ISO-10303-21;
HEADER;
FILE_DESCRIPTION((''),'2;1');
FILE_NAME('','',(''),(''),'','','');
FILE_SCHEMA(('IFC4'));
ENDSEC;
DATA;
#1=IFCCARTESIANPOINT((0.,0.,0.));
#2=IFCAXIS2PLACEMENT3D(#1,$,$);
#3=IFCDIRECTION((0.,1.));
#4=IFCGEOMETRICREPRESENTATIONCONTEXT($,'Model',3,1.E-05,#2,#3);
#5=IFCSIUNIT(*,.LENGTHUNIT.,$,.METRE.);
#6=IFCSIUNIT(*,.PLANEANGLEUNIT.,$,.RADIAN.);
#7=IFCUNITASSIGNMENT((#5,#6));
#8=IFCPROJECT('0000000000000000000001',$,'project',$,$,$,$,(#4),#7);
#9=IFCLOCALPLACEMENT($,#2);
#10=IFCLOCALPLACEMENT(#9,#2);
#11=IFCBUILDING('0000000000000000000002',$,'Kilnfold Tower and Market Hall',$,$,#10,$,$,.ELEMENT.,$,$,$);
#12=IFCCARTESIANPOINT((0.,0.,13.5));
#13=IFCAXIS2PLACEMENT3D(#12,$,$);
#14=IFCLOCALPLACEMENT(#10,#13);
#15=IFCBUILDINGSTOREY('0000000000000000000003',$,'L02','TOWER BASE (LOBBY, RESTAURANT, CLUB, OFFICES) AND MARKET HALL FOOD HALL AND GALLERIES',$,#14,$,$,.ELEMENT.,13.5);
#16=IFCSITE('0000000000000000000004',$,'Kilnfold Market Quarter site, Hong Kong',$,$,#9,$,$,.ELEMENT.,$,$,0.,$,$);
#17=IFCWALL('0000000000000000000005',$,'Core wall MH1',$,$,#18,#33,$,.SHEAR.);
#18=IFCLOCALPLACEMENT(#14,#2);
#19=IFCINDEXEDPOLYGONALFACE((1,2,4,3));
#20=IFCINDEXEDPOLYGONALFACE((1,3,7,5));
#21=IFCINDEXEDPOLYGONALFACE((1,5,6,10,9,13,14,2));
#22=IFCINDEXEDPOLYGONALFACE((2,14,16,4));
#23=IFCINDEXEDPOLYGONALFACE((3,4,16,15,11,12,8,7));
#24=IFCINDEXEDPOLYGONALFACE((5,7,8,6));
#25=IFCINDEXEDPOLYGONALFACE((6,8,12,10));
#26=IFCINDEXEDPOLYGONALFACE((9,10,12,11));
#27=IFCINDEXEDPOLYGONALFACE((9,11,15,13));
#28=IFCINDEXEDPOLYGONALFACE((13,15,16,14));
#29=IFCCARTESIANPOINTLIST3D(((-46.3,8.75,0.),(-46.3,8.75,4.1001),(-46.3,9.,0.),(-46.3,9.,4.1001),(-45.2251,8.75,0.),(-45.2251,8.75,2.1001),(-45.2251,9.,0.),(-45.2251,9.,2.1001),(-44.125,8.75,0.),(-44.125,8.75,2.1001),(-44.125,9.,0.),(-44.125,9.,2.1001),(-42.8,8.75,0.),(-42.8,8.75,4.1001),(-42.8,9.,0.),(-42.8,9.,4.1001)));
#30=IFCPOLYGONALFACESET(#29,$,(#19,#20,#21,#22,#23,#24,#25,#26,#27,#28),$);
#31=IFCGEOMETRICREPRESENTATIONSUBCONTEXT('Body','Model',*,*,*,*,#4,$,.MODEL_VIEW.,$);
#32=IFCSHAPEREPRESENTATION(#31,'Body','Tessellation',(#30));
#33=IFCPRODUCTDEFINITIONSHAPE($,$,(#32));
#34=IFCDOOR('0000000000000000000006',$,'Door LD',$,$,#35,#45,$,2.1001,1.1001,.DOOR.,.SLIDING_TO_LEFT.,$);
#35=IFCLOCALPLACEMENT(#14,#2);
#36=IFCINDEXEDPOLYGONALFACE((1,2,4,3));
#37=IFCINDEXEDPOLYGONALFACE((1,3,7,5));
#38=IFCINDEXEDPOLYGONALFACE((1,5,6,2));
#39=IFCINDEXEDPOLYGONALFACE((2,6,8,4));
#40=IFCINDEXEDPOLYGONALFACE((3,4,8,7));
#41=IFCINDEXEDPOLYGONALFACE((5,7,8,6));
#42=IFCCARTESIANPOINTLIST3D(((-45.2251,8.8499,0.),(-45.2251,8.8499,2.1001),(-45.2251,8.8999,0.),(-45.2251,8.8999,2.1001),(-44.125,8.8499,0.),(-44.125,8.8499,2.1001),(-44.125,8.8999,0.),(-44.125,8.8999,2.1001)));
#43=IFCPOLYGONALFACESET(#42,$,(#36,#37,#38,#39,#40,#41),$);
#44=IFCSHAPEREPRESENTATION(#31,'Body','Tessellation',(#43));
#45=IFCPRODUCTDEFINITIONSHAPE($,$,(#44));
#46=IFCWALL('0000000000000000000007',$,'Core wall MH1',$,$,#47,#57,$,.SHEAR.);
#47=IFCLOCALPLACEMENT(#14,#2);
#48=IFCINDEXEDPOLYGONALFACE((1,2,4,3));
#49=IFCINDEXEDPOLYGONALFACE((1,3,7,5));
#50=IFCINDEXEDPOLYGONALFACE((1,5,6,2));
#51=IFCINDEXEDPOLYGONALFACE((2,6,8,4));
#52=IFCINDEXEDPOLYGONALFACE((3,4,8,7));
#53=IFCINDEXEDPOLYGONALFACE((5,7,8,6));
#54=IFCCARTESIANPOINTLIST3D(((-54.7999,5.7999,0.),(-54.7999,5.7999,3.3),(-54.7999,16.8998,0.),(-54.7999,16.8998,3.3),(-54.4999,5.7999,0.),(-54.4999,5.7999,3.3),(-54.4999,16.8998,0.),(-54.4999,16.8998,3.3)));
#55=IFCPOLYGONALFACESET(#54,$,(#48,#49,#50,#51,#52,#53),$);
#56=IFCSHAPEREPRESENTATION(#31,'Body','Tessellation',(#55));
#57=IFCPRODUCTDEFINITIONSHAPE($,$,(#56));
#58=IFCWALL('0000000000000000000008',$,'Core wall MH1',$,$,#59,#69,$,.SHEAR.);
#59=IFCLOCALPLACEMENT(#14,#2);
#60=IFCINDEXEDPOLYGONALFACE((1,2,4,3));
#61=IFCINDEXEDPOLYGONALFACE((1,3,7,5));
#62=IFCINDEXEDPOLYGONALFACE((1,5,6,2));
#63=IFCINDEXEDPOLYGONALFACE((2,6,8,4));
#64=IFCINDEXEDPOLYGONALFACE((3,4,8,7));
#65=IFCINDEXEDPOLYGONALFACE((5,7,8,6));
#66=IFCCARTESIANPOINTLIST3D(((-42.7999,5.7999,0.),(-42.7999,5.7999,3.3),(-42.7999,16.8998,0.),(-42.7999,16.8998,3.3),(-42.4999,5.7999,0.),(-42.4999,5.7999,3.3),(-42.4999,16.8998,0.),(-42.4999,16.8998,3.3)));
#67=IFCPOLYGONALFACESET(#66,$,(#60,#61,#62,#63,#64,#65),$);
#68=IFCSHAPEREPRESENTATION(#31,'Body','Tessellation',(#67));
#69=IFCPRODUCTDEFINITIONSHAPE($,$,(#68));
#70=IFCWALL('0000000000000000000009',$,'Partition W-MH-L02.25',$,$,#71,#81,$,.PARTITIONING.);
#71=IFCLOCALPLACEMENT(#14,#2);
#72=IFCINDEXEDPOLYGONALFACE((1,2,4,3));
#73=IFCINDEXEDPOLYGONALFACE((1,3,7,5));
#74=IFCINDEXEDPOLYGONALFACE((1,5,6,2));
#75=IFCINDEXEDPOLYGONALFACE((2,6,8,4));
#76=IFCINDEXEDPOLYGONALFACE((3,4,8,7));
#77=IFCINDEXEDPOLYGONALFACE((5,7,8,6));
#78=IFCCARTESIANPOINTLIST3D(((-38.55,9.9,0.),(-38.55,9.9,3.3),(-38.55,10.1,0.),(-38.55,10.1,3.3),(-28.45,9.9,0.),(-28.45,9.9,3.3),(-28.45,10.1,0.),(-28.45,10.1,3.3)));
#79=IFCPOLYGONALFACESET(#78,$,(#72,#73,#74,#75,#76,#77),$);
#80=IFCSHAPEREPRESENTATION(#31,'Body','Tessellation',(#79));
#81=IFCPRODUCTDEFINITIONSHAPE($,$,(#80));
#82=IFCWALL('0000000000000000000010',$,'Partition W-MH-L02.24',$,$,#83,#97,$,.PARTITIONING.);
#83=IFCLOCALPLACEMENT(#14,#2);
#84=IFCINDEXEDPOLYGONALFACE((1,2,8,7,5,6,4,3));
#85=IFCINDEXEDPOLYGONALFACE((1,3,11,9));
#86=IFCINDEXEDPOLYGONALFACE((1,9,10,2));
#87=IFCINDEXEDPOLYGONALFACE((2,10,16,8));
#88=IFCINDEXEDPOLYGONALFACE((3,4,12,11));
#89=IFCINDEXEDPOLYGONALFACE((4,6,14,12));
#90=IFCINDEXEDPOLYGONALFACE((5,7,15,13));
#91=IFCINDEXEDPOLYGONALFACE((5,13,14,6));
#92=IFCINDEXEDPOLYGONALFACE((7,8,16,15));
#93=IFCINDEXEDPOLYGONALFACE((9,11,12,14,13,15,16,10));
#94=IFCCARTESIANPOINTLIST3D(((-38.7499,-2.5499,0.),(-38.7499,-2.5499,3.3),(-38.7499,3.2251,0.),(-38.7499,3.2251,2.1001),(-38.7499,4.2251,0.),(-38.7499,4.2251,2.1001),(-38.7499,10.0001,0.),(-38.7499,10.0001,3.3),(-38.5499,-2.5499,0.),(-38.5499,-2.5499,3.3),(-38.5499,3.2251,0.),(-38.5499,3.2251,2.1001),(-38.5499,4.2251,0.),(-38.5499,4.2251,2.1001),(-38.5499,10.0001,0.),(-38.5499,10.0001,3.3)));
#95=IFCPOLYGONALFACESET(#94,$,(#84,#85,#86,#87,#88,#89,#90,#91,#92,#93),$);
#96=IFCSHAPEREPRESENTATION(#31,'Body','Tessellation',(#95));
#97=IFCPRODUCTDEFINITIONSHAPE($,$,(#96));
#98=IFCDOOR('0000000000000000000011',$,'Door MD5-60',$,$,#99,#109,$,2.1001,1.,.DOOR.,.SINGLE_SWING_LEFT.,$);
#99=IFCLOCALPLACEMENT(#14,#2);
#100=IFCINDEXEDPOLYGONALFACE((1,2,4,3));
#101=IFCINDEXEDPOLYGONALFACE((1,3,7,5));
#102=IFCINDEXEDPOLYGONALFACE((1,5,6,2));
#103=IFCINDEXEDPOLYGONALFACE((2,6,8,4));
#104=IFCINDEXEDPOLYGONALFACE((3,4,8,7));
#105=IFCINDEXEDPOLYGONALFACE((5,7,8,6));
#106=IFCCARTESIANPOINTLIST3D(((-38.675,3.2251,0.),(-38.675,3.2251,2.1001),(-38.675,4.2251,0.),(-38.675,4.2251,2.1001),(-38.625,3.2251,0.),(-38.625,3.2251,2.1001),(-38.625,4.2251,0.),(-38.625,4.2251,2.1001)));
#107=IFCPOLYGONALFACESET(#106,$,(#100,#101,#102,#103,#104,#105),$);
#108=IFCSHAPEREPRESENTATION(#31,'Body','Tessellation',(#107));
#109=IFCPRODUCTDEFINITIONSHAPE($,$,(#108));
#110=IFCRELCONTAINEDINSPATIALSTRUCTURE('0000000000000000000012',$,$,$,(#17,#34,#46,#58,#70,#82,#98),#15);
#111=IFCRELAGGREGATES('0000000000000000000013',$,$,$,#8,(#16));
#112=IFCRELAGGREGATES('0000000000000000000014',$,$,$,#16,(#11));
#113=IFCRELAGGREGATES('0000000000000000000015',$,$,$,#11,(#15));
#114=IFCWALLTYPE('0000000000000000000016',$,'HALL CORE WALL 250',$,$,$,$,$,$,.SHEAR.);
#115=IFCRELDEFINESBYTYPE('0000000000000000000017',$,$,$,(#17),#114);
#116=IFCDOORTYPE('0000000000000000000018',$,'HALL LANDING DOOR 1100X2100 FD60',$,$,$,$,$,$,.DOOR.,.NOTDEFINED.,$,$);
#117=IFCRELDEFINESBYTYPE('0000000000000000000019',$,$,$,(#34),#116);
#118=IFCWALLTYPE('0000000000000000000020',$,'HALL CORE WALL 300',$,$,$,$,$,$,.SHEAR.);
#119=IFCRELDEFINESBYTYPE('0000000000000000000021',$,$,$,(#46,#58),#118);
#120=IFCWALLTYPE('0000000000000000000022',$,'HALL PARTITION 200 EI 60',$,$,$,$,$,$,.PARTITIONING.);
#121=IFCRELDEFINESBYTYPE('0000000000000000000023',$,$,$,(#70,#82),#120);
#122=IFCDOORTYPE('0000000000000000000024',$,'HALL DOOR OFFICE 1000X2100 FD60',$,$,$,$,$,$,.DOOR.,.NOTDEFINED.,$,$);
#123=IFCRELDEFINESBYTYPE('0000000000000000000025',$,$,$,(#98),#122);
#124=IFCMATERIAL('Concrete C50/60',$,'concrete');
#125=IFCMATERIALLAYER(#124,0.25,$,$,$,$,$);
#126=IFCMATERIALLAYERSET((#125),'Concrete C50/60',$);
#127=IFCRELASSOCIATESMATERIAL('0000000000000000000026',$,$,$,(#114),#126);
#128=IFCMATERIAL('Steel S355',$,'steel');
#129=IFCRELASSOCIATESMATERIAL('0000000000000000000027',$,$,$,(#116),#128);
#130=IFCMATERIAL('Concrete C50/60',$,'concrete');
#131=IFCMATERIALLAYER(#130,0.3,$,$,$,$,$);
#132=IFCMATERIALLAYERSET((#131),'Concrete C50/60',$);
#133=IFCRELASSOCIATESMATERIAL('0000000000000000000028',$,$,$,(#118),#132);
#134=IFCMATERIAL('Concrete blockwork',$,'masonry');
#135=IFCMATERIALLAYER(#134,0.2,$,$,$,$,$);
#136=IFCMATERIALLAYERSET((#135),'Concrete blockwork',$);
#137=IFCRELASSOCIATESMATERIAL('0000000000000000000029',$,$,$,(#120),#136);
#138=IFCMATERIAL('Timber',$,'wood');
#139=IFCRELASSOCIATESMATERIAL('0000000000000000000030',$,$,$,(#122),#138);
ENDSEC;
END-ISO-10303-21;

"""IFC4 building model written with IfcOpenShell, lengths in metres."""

from ifc_helpers import new_model, si_unit, direction, frame, frame_2d, origin, place, context, subcontext, project, spatial, rectangle, extrude, source, transform, mapped, material, layer, layer_set, type_object, element, fill, save


model = new_model("IFC4")

# Units and contexts
model_context = context("Model", 3, precision=1e-05, world=origin(), true_north=direction((0.0, 1.0)))
body_context = subcontext(model_context, "Body", "Model", "MODEL_VIEW")
ifc_project = project(units=[si_unit("LENGTHUNIT", "METRE"), si_unit("PLANEANGLEUNIT", "RADIAN")], contexts=[model_context])

# Site, building, storey
site_placement = place(None, origin())
site = spatial("IfcSite", under=ifc_project, at=site_placement, Name="Kilnfold Market Quarter site, Hong Kong", CompositionType="ELEMENT", RefElevation=0.0)
building_placement = place(site_placement, origin())
building = spatial("IfcBuilding", under=site, at=building_placement, Name="Kilnfold Tower and Market Hall", CompositionType="ELEMENT")
storey_placement = place(building_placement, frame((0.0, 0.0, 13.5)))
storey = spatial("IfcBuildingStorey", under=building, at=storey_placement, Name="L02", Description="TOWER BASE (LOBBY, RESTAURANT, CLUB, OFFICES) AND MARKET HALL FOOD HALL AND GALLERIES", CompositionType="ELEMENT", Elevation=13.5)

# Shared definitions
ifc_material_1 = material(Name="Concrete C50/60", Category="concrete")
ifc_layer_1 = layer(ifc_material_1, 0.25)
ifc_layer_set_1 = layer_set([ifc_layer_1], Name="Concrete C50/60")
wall_type_1 = type_object("IfcWallType", Name="HALL CORE WALL 250", PredefinedType="SHEAR", material=ifc_layer_set_1)

# Wall, opening, door
ifc_material_2 = material(Name="Steel S355", Category="steel")
door_type_1 = type_object("IfcDoorType", Name="HALL LANDING DOOR 1100X2100 FD60", OperationType="NOTDEFINED", PredefinedType="DOOR", material=ifc_material_2)
shared_shape_1 = source(origin(), body_context, "Body", "SweptSolid", [
    extrude(rectangle(XDim=3.5, YDim=0.25, at=frame_2d((1.75, 0.0))), origin(), (0.0, 0.0, 1.0), 4.1001),
])
wall_1_placement = place(storey_placement, frame((-46.3, 8.875, 0.0), z_axis=(0.0, 0.0, 1.0), x_axis=(1.0, 0.0, 0.0)))
wall_1 = element("IfcWall", 1, at=wall_1_placement, inside=storey, type_object=wall_type_1, Name="Core wall MH1", PredefinedType="SHEAR", context=body_context, shape_type="MappedRepresentation", body=[
    mapped(shared_shape_1, transform((0.0, 0.0, 0.0))),
])
opening_1_placement = place(wall_1_placement, frame((1.075, 0.0, 0.0)))
opening_1 = element("IfcOpeningElement", 2, at=opening_1_placement, cuts=wall_1, PredefinedType="OPENING", context=body_context, shape_type="SweptSolid", body=[
    extrude(rectangle(XDim=1.1001, YDim=2.1001, at=frame_2d((0.55, 1.05))), frame((0.0, 0.135, 0.0), z_axis=(0.0, -1.0, 0.0), x_axis=(1.0, 0.0, 0.0)), (0.0, 0.0, 1.0), 0.27),
])
door_1_placement = place(opening_1_placement, origin())
door_1 = element("IfcDoor", 3, at=door_1_placement, inside=storey, type_object=door_type_1, Name="Door LD", OperationType="SLIDING_TO_LEFT", OverallHeight=2.1001, OverallWidth=1.1001, PredefinedType="DOOR", context=body_context, shape_type="SweptSolid", body=[
    extrude(rectangle(XDim=1.1001, YDim=2.1001, at=frame_2d((0.55, 1.05))), frame((0.0, 0.0249, 0.0), z_axis=(0.0, -1.0, 0.0), x_axis=(1.0, 0.0, 0.0)), (0.0, 0.0, 1.0), 0.05),
])
fill(opening_1, door_1)
ifc_material_3 = material(Name="Concrete C50/60", Category="concrete")
ifc_layer_2 = layer(ifc_material_3, 0.3)
ifc_layer_set_2 = layer_set([ifc_layer_2], Name="Concrete C50/60")
wall_type_2 = type_object("IfcWallType", Name="HALL CORE WALL 300", PredefinedType="SHEAR", material=ifc_layer_set_2)
shared_shape_2 = source(origin(), body_context, "Body", "SweptSolid", [
    extrude(rectangle(XDim=11.0999, YDim=0.3, at=frame_2d((5.5498, 0.0))), origin(), (0.0, 0.0, 1.0), 3.3),
])

# Walls
for number, where, z_axis, x_axis, name in (
    (4, (-54.6499, 5.8, 0.0), (0.0, 0.0, 1.0), (0.0, 1.0, 0.0), "Core wall MH1"),
    (5, (-42.6499, 5.8, 0.0), (0.0, 0.0, 1.0), (0.0, 1.0, 0.0), "Core wall MH1"),
):
    element("IfcWall", number, at=place(storey_placement, frame(where, z_axis=z_axis, x_axis=x_axis)), inside=storey, type_object=wall_type_2, Name=name, PredefinedType="SHEAR", context=body_context, shape_type="MappedRepresentation", body=[
        mapped(shared_shape_2, transform((0.0, 0.0, 0.0))),
    ])

# Shared definitions
ifc_material_4 = material(Name="Concrete blockwork", Category="masonry")
ifc_layer_3 = layer(ifc_material_4, 0.2)
ifc_layer_set_3 = layer_set([ifc_layer_3], Name="Concrete blockwork")
wall_type_3 = type_object("IfcWallType", Name="HALL PARTITION 200 EI 60", PredefinedType="PARTITIONING", material=ifc_layer_set_3)

# Wall
shared_shape_3 = source(origin(), body_context, "Body", "SweptSolid", [
    extrude(rectangle(XDim=10.1001, YDim=0.2, at=frame_2d((5.05, 0.0))), origin(), (0.0, 0.0, 1.0), 3.3),
])
wall_2_placement = place(storey_placement, frame((-38.55, 10.0, 0.0), z_axis=(0.0, 0.0, 1.0), x_axis=(1.0, 0.0, 0.0)))
element("IfcWall", 6, at=wall_2_placement, inside=storey, type_object=wall_type_3, Name="Partition W-MH-L02.25", PredefinedType="PARTITIONING", context=body_context, shape_type="MappedRepresentation", body=[
    mapped(shared_shape_3, transform((0.0, 0.0, 0.0))),
])

# Wall, opening, door
shared_shape_4 = source(origin(), body_context, "Body", "SweptSolid", [
    extrude(rectangle(XDim=12.55, YDim=0.2, at=frame_2d((6.2749, 0.0))), origin(), (0.0, 0.0, 1.0), 3.3),
])
wall_3_placement = place(storey_placement, frame((-38.6499, 10.0, 0.0), z_axis=(0.0, 0.0, 1.0), x_axis=(0.0, -1.0, 0.0)))
wall_3 = element("IfcWall", 7, at=wall_3_placement, inside=storey, type_object=wall_type_3, Name="Partition W-MH-L02.24", PredefinedType="PARTITIONING", context=body_context, shape_type="MappedRepresentation", body=[
    mapped(shared_shape_4, transform((0.0, 0.0, 0.0))),
])
opening_2_placement = place(wall_3_placement, frame((5.7749, 0.0, 0.0)))
opening_2 = element("IfcOpeningElement", 8, at=opening_2_placement, cuts=wall_3, PredefinedType="OPENING", context=body_context, shape_type="SweptSolid", body=[
    extrude(rectangle(XDim=1.0, YDim=2.1001, at=frame_2d((0.5, 1.05))), frame((0.0, 0.1099, 0.0), z_axis=(0.0, -1.0, 0.0), x_axis=(1.0, 0.0, 0.0)), (0.0, 0.0, 1.0), 0.22),
])
ifc_material_5 = material(Name="Timber", Category="wood")
door_type_2 = type_object("IfcDoorType", Name="HALL DOOR OFFICE 1000X2100 FD60", OperationType="NOTDEFINED", PredefinedType="DOOR", material=ifc_material_5)
door_2_placement = place(opening_2_placement, origin())
door_2 = element("IfcDoor", 9, at=door_2_placement, inside=storey, type_object=door_type_2, Name="Door MD5-60", OperationType="SINGLE_SWING_LEFT", OverallHeight=2.1001, OverallWidth=1.0, PredefinedType="DOOR", context=body_context, shape_type="SweptSolid", body=[
    extrude(rectangle(XDim=1.0, YDim=2.1001, at=frame_2d((0.5, 1.05))), frame((0.0, 0.0249, 0.0), z_axis=(0.0, -1.0, 0.0), x_axis=(1.0, 0.0, 0.0)), (0.0, 0.0, 1.0), 0.05),
])
fill(opening_2, door_2)

save(model, "model.ifc")
